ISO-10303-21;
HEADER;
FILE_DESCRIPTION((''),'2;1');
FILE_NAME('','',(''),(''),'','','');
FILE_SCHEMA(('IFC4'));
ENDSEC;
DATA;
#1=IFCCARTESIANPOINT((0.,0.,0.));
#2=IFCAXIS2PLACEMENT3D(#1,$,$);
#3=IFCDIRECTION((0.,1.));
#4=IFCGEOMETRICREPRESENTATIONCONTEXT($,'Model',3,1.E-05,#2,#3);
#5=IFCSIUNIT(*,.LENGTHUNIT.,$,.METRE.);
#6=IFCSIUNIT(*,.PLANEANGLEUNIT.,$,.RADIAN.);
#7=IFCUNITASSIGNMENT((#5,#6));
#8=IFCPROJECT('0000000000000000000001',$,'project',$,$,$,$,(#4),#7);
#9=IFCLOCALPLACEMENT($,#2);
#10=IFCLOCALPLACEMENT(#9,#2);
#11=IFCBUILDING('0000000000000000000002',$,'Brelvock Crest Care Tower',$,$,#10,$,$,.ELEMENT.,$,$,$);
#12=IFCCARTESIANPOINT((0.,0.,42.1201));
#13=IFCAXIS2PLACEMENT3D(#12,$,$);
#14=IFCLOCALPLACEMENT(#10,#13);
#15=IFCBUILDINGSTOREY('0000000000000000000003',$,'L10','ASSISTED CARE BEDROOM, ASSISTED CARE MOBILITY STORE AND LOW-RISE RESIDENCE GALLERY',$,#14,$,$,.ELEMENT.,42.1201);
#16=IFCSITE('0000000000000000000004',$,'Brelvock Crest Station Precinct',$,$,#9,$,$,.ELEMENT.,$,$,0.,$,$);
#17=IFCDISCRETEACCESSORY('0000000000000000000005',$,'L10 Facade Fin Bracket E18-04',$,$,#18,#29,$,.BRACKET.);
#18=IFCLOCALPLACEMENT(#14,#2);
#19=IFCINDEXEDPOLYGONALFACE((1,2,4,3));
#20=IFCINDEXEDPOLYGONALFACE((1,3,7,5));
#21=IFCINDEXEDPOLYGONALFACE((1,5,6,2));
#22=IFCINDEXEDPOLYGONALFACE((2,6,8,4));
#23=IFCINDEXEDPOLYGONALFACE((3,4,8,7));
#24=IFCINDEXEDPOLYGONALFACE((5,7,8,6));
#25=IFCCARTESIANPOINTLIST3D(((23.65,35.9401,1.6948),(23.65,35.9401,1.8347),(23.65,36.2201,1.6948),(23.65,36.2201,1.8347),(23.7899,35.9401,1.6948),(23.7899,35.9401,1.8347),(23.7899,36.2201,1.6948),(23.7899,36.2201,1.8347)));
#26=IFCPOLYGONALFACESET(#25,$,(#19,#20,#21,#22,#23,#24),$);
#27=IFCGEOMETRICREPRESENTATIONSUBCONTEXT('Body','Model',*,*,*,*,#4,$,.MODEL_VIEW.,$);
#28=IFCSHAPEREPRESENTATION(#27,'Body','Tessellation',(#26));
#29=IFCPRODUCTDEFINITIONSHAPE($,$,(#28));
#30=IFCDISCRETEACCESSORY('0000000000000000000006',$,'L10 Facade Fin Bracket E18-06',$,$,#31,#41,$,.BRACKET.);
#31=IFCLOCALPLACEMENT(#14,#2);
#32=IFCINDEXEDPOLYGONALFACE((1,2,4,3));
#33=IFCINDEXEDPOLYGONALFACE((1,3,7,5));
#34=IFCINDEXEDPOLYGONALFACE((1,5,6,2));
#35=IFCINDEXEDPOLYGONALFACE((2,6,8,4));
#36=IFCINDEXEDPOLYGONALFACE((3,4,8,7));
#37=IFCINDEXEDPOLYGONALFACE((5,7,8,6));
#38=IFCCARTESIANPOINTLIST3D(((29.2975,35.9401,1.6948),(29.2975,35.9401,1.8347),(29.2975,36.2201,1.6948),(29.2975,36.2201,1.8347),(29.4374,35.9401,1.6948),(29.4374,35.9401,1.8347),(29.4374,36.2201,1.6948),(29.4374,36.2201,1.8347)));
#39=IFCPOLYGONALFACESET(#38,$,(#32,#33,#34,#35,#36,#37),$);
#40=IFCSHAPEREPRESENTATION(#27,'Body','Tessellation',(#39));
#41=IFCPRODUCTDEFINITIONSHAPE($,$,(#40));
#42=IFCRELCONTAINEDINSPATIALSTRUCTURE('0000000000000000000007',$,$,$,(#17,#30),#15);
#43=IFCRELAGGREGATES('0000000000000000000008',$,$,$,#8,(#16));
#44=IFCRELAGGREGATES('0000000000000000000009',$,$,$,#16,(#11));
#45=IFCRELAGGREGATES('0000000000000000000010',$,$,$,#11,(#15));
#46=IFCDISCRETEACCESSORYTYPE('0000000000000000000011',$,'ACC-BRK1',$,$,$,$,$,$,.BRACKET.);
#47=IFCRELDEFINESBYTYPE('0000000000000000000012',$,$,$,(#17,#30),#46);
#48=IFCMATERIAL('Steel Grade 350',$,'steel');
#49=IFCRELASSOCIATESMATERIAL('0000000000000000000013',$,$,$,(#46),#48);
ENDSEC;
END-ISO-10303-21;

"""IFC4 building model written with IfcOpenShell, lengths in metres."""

from ifc_helpers import new_model, si_unit, direction, frame, origin, origin_2d, place, context, subcontext, project, spatial, rectangle, extrude, source, transform, mapped, material, type_object, element, save


model = new_model("IFC4")

# Units and contexts
model_context = context("Model", 3, precision=1e-05, world=origin(), true_north=direction((0.0, 1.0)))
body_context = subcontext(model_context, "Body", "Model", "MODEL_VIEW")
ifc_project = project(units=[si_unit("LENGTHUNIT", "METRE"), si_unit("PLANEANGLEUNIT", "RADIAN")], contexts=[model_context])

# Site, building, storey
site_placement = place(None, origin())
site = spatial("IfcSite", under=ifc_project, at=site_placement, Name="Brelvock Crest Station Precinct", CompositionType="ELEMENT", RefElevation=0.0)
building_placement = place(site_placement, origin())
building = spatial("IfcBuilding", under=site, at=building_placement, Name="Brelvock Crest Care Tower", CompositionType="ELEMENT")
storey_placement = place(building_placement, frame((0.0, 0.0, 42.1201)))
storey = spatial("IfcBuildingStorey", under=building, at=storey_placement, Name="L10", Description="ASSISTED CARE BEDROOM, ASSISTED CARE MOBILITY STORE AND LOW-RISE RESIDENCE GALLERY", CompositionType="ELEMENT", Elevation=42.1201)

# Shared definitions
ifc_material_1 = material(Name="Steel Grade 350", Category="steel")

# Discrete accessories
discrete_accessory_type = type_object("IfcDiscreteAccessoryType", Name="ACC-BRK1", PredefinedType="BRACKET", material=ifc_material_1)
shared_shape_1 = source(origin(), body_context, "Body", "SweptSolid", [
    extrude(rectangle(XDim=0.28, YDim=0.1399, at=origin_2d()), origin(), (0.0, 0.0, 1.0), 0.1399),
])
for number, where, z_axis, x_axis, name in (
    (1, (23.72, 36.0801, 1.6948), (0.0, 0.0, 1.0), (0.0, 1.0, 0.0), "L10 Facade Fin Bracket E18-04"),
    (2, (29.3674, 36.0801, 1.6948), (0.0, 0.0, 1.0), (0.0, 1.0, 0.0), "L10 Facade Fin Bracket E18-06"),
):
    element("IfcDiscreteAccessory", number, at=place(storey_placement, frame(where, z_axis=z_axis, x_axis=x_axis)), inside=storey, type_object=discrete_accessory_type, Name=name, PredefinedType="BRACKET", context=body_context, shape_type="MappedRepresentation", body=[
        mapped(shared_shape_1, transform((0.0, 0.0, 0.0), x_axis=(1.0, 0.0, 0.0), y_axis=(0.0, 1.0, 0.0), z_axis=(0.0, 0.0, 1.0), scale=1.0)),
    ])

save(model, "model.ifc")
